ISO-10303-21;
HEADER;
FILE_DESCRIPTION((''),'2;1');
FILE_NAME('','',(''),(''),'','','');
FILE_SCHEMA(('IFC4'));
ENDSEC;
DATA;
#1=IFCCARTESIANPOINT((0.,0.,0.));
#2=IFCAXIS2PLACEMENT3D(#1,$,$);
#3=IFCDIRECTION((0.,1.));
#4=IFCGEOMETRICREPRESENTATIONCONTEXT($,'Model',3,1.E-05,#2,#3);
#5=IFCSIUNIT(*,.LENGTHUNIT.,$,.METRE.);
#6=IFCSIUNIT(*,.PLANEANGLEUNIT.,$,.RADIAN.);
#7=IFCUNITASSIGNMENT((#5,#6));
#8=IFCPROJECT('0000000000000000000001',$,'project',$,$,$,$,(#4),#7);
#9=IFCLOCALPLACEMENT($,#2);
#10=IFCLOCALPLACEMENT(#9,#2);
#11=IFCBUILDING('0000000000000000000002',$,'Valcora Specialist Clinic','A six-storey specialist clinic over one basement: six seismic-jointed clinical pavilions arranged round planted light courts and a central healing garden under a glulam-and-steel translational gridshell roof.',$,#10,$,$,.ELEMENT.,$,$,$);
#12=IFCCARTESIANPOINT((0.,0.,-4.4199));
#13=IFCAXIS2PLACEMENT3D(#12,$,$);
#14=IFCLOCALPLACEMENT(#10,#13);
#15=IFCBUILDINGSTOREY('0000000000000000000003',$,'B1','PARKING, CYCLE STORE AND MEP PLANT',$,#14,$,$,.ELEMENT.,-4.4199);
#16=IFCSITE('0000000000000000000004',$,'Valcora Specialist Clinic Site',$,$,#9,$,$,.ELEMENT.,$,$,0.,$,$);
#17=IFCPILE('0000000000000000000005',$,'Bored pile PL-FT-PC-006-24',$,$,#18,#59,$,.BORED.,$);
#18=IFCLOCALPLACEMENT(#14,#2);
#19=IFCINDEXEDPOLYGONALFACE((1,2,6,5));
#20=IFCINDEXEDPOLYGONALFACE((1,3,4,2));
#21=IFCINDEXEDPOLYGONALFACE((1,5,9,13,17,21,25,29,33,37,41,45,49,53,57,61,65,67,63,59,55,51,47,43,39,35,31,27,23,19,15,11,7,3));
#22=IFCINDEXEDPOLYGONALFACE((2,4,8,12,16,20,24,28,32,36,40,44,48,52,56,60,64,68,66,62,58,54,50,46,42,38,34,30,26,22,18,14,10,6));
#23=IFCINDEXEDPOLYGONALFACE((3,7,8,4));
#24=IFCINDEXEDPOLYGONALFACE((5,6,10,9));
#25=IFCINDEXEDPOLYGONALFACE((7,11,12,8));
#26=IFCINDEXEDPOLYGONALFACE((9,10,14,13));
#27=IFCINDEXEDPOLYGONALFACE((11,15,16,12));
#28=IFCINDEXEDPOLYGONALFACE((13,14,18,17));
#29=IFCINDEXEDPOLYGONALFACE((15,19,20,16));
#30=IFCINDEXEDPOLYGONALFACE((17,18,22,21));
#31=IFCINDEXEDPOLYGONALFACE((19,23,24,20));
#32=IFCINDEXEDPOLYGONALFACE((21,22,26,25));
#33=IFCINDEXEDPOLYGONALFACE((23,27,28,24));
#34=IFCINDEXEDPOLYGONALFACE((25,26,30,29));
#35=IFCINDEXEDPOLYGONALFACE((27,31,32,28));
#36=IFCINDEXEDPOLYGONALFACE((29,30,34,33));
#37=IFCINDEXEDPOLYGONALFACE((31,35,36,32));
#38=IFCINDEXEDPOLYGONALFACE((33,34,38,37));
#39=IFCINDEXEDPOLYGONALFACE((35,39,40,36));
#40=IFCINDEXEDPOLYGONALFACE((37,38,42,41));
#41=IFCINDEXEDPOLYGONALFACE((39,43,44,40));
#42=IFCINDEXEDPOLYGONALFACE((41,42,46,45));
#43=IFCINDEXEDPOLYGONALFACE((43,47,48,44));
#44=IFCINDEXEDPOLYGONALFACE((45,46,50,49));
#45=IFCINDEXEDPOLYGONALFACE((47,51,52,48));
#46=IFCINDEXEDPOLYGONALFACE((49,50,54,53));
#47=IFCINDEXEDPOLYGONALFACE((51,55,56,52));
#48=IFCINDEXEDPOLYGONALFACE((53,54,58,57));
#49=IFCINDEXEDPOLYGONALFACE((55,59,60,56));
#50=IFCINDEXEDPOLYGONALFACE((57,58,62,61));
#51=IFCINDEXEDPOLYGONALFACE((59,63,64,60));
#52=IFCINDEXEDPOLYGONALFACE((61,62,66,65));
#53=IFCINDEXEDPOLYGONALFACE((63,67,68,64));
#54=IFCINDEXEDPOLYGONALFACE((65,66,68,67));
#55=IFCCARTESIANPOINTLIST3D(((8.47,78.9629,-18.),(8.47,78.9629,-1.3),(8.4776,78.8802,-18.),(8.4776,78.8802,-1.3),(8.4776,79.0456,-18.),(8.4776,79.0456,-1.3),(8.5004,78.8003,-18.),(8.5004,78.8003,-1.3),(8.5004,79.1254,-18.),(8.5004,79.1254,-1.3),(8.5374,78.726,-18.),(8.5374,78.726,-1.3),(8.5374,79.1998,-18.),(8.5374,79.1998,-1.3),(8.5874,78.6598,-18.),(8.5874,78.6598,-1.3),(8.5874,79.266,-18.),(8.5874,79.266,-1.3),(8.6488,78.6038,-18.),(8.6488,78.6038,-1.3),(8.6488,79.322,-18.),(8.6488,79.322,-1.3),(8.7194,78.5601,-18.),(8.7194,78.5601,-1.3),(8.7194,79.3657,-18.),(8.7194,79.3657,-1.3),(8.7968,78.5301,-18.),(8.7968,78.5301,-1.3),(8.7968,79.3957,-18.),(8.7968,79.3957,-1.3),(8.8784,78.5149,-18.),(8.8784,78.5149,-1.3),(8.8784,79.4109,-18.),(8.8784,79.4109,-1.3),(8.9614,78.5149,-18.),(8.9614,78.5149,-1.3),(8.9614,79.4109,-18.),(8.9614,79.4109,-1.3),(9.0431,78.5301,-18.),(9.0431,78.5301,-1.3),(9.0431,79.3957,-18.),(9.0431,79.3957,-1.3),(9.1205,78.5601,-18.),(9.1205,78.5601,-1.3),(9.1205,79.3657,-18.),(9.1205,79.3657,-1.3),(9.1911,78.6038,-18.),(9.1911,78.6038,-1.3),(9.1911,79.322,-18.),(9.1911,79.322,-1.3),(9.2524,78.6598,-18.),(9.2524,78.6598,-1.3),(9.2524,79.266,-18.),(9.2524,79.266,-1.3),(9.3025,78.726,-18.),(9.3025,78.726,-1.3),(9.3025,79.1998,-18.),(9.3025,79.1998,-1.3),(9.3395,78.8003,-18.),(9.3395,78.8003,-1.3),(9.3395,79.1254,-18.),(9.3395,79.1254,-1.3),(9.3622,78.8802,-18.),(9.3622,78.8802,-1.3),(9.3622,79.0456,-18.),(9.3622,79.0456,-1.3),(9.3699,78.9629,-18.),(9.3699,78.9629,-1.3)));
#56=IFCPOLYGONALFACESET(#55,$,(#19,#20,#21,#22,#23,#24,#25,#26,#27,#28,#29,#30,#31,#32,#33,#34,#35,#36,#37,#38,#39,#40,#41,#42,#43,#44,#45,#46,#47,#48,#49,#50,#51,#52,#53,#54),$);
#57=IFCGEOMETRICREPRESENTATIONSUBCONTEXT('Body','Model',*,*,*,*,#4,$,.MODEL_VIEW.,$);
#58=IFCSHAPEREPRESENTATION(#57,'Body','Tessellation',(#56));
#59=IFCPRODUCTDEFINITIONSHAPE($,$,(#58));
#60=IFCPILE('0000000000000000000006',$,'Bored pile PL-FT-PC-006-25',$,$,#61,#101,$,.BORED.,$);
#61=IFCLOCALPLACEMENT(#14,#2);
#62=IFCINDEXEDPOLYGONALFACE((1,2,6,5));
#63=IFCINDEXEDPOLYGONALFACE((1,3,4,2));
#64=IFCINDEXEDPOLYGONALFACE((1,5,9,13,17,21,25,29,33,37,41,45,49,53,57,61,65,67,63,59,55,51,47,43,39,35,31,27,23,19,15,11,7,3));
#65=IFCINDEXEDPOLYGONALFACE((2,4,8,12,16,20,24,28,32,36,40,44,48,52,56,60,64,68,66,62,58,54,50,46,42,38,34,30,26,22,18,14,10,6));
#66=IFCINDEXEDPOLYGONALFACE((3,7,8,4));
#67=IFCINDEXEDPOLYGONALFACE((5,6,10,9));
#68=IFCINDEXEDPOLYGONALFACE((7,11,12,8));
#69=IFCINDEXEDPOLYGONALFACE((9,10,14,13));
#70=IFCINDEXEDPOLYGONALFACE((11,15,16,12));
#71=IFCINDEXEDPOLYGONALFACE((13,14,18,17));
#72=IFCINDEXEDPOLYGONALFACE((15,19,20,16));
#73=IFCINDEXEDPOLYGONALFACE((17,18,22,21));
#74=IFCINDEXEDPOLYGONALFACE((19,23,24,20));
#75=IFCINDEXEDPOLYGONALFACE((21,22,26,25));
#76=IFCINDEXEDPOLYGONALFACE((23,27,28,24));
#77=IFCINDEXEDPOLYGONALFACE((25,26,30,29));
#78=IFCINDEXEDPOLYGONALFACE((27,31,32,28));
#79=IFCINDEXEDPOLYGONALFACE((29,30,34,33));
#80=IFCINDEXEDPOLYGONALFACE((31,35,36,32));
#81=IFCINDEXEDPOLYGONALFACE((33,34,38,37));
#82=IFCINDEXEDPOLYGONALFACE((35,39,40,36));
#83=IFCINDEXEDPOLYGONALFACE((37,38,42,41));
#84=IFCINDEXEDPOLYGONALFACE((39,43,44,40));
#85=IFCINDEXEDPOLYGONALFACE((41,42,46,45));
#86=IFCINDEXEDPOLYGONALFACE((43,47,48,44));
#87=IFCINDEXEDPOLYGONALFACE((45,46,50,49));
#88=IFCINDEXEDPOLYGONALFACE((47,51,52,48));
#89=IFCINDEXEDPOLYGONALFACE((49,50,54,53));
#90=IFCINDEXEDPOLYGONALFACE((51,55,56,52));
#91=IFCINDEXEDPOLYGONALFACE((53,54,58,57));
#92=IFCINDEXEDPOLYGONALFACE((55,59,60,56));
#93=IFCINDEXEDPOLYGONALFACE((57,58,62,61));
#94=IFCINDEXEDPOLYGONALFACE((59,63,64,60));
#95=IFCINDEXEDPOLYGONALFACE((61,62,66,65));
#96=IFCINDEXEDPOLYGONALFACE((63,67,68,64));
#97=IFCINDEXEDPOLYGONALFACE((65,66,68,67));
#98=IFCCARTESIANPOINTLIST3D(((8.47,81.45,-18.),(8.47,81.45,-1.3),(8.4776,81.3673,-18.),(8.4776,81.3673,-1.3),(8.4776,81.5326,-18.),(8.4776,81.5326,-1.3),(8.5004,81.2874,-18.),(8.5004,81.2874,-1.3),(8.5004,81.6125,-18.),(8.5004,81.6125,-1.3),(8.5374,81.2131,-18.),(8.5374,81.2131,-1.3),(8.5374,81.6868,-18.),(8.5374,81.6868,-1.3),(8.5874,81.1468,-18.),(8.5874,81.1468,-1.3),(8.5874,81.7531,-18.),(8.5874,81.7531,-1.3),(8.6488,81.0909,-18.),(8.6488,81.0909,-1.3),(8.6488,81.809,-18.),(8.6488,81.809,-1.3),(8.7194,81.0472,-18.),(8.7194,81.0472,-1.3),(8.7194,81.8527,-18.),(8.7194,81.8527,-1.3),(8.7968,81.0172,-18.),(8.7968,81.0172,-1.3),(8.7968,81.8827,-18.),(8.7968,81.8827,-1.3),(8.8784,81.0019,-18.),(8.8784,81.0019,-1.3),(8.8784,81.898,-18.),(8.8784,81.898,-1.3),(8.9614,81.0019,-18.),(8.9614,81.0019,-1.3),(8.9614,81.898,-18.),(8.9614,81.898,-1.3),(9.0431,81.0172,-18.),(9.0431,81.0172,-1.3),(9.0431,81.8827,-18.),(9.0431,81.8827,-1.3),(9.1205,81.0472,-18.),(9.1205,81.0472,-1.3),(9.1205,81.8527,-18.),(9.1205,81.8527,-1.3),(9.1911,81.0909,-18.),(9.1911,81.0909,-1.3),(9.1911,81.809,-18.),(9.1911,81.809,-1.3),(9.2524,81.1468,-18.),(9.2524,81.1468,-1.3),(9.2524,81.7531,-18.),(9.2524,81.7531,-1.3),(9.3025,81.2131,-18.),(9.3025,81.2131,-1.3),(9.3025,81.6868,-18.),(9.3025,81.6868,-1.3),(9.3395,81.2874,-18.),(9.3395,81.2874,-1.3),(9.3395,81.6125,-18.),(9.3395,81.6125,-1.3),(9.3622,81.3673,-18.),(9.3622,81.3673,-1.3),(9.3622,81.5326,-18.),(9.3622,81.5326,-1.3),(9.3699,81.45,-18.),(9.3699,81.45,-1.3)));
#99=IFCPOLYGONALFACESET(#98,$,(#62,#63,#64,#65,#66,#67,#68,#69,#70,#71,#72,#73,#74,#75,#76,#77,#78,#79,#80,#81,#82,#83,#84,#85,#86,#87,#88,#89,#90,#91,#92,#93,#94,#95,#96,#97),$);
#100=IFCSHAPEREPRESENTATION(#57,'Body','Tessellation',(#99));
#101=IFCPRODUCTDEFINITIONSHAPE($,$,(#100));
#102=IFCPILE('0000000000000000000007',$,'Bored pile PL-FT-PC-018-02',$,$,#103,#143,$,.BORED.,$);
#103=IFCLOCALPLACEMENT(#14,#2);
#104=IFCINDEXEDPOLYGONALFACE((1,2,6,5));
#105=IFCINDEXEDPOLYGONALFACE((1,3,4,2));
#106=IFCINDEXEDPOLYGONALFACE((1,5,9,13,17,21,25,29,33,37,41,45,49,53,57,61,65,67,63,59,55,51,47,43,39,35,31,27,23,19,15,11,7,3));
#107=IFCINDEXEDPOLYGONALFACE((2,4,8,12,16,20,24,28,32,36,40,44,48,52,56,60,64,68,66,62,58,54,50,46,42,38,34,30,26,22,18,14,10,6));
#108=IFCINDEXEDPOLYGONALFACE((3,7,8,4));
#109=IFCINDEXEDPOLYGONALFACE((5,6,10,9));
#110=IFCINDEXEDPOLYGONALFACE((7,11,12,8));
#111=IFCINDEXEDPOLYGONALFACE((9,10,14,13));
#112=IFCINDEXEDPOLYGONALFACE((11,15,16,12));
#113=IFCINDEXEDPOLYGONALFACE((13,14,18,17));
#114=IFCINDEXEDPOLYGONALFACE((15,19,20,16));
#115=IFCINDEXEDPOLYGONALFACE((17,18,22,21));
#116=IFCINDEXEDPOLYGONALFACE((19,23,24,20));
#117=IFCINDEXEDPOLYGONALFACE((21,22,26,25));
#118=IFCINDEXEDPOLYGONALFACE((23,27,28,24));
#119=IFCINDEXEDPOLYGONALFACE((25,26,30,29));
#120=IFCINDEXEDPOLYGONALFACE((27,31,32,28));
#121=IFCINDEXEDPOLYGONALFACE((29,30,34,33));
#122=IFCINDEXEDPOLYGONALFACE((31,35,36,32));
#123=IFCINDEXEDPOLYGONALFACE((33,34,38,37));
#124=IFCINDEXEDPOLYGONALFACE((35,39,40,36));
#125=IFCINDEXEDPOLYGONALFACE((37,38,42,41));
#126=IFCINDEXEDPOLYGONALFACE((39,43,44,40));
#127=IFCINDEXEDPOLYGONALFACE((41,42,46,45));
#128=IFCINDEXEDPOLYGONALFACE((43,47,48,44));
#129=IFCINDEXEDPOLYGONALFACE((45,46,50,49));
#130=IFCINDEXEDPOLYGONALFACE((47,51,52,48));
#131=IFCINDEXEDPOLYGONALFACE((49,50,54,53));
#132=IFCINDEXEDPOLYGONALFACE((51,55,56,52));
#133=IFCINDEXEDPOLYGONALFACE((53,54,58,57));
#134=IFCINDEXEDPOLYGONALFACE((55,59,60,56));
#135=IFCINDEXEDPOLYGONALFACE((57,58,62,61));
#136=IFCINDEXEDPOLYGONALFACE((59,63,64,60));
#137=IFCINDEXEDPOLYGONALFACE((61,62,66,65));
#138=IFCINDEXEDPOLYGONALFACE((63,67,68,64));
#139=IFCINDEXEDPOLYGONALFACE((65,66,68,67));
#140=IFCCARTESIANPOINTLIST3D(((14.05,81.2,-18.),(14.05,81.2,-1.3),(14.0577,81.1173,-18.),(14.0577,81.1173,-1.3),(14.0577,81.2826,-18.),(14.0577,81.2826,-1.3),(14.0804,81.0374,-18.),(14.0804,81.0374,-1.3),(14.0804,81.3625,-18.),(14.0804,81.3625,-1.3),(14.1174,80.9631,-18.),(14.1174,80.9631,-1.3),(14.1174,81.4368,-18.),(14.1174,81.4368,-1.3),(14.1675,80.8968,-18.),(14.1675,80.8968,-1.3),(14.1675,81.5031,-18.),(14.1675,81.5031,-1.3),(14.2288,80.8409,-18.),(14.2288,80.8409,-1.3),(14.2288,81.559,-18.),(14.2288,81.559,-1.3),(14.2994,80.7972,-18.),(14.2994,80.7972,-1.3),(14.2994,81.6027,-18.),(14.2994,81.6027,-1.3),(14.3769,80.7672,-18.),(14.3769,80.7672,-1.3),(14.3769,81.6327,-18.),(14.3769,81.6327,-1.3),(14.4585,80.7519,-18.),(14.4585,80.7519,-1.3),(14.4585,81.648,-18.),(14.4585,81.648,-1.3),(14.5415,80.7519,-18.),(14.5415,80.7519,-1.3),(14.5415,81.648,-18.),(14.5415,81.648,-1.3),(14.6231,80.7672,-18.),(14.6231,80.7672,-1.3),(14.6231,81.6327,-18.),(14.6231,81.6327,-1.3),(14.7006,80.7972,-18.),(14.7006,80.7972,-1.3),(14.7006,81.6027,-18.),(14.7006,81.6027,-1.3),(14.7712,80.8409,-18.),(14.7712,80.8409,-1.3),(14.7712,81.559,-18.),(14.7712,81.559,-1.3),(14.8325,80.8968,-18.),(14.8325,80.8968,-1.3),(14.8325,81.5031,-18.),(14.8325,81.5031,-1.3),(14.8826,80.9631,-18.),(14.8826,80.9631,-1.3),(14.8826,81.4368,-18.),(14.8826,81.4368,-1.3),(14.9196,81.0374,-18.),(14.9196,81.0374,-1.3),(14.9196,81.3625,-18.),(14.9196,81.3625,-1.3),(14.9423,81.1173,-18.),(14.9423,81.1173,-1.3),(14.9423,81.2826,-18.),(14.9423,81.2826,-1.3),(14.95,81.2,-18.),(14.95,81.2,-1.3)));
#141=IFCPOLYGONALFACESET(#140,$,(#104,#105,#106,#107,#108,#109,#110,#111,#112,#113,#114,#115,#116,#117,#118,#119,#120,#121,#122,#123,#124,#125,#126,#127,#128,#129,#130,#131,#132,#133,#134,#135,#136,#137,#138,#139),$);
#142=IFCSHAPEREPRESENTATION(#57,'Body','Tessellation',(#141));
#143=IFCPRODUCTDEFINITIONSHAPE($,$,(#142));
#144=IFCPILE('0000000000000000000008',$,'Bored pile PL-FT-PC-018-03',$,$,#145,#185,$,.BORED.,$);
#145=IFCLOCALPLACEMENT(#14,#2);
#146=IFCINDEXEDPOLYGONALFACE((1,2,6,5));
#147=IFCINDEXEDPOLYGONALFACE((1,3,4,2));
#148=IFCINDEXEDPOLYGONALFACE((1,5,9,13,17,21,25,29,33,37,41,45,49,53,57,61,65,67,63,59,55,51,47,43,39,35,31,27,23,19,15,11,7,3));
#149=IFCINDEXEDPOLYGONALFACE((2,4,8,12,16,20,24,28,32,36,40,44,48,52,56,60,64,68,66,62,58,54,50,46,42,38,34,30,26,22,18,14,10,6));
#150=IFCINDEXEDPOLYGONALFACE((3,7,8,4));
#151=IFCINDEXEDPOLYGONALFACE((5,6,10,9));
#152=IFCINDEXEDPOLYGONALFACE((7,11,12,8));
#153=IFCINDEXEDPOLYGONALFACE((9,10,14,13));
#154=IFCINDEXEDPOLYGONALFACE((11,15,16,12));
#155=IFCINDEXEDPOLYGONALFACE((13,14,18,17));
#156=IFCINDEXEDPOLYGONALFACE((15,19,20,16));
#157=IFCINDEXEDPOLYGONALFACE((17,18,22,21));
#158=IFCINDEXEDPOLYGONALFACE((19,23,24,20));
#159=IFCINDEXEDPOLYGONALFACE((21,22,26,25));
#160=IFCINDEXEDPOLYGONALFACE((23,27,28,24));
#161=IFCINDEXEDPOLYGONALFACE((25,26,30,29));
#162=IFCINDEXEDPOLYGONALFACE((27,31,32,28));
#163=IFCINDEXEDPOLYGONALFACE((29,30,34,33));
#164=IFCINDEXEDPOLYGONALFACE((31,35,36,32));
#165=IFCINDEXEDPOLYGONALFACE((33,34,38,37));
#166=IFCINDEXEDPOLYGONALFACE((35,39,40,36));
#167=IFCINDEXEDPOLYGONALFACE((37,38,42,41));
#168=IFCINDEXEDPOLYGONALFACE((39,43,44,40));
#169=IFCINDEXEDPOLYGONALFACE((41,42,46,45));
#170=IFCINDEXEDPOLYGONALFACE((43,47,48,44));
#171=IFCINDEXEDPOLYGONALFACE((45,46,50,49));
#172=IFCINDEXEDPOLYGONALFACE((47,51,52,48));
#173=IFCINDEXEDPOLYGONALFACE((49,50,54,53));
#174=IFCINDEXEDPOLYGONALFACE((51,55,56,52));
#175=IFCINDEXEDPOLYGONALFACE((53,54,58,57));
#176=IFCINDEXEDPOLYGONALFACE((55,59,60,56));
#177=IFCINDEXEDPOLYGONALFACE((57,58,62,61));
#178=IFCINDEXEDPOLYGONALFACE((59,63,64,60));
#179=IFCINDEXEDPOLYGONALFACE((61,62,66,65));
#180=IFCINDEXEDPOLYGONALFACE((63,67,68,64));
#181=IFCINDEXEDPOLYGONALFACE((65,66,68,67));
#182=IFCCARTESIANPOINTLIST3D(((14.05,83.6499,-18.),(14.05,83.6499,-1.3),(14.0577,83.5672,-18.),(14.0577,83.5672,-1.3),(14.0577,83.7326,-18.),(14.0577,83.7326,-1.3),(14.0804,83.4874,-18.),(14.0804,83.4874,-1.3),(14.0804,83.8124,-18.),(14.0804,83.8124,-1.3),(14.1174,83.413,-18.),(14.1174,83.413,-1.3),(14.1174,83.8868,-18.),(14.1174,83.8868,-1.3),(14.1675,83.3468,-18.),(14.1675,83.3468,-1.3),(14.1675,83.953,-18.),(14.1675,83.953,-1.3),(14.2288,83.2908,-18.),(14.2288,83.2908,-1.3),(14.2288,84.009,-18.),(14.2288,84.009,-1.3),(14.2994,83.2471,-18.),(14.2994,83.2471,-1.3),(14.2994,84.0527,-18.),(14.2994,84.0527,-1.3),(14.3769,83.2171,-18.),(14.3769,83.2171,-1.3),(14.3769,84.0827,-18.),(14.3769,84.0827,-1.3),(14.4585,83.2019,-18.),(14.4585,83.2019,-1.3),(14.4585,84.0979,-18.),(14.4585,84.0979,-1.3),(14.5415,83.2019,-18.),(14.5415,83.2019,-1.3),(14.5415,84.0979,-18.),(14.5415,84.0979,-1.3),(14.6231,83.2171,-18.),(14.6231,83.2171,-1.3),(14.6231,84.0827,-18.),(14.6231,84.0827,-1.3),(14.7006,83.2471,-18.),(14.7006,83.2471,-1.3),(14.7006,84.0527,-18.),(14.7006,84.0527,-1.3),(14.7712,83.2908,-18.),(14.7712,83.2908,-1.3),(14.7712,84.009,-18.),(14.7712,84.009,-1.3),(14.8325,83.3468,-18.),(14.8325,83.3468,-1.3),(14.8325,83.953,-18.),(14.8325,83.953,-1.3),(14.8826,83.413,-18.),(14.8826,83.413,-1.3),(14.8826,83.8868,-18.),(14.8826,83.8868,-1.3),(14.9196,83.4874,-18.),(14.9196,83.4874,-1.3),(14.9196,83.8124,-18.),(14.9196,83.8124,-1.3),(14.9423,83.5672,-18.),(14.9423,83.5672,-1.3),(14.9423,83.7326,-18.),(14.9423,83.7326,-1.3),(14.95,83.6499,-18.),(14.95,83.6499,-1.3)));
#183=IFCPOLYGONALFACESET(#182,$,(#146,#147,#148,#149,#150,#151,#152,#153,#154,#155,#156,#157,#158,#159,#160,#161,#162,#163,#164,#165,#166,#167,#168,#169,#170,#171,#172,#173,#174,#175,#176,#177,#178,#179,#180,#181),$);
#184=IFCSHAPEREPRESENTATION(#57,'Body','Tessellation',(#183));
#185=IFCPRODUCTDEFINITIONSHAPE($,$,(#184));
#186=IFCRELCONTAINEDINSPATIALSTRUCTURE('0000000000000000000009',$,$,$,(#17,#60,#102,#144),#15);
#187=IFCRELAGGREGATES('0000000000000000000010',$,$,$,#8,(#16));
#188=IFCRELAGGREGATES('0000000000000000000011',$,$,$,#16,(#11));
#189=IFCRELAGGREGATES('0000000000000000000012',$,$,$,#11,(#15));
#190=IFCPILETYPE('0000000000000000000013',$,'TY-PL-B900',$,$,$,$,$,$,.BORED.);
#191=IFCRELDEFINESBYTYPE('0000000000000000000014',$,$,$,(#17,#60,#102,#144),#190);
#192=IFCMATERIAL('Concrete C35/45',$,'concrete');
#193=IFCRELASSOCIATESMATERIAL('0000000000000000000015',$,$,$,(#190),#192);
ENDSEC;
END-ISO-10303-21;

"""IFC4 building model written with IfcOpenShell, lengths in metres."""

from ifc_helpers import new_model, si_unit, direction, frame, origin, origin_2d, place, context, subcontext, project, spatial, circle, extrude, material, material_profile, profile_set, type_object, element, save


model = new_model("IFC4")

# Units and contexts
model_context = context("Model", 3, precision=1e-05, world=origin(), true_north=direction((0.0, 1.0)))
body_context = subcontext(model_context, "Body", "Model", "MODEL_VIEW")
ifc_project = project(units=[si_unit("LENGTHUNIT", "METRE"), si_unit("PLANEANGLEUNIT", "RADIAN")], contexts=[model_context])

# Site, building, storey
site_placement = place(None, origin())
site = spatial("IfcSite", under=ifc_project, at=site_placement, Name="Valcora Specialist Clinic Site", CompositionType="ELEMENT", RefElevation=0.0)
building_placement = place(site_placement, origin())
building = spatial("IfcBuilding", under=site, at=building_placement, Name="Valcora Specialist Clinic", Description="A six-storey specialist clinic over one basement: six seismic-jointed clinical pavilions arranged round planted light courts and a central healing garden under a glulam-and-steel translational gridshell roof.", CompositionType="ELEMENT")
storey_placement = place(building_placement, frame((0.0, 0.0, -4.4199)))
storey = spatial("IfcBuildingStorey", under=building, at=storey_placement, Name="B1", Description="PARKING, CYCLE STORE AND MEP PLANT", CompositionType="ELEMENT", Elevation=-4.4199)

# Piles
ifc_material_1 = material(Name="Concrete C35/45", Category="concrete")
ifc_material_profile_1 = material_profile(ifc_material_1, circle(Radius=0.45, at=origin_2d()), Name="RC-PIL-D900")
ifc_profile_set_1 = profile_set([ifc_material_profile_1], Name="Concrete C35/45")
pile_type = type_object("IfcPileType", Name="TY-PL-B900", PredefinedType="BORED", material=ifc_profile_set_1)
for number, where, z_axis, x_axis, name in (
    (1, (8.9199, 78.9629, -1.3), (0.0, 0.0, -1.0), (1.0, 0.0, 0.0), "Bored pile PL-FT-PC-006-24"),
    (2, (8.9199, 81.45, -1.3), (0.0, 0.0, -1.0), (1.0, 0.0, 0.0), "Bored pile PL-FT-PC-006-25"),
    (3, (14.5, 81.2, -1.3), (0.0, 0.0, -1.0), (1.0, 0.0, 0.0), "Bored pile PL-FT-PC-018-02"),
    (4, (14.5, 83.6499, -1.3), (0.0, 0.0, -1.0), (1.0, 0.0, 0.0), "Bored pile PL-FT-PC-018-03"),
):
    element("IfcPile", number, at=place(storey_placement, frame(where, z_axis=z_axis, x_axis=x_axis)), inside=storey, type_object=pile_type, Name=name, PredefinedType="BORED", context=body_context, shape_type="SweptSolid", body=[
        extrude(circle(Radius=0.45, at=origin_2d()), origin(), (0.0, 0.0, 1.0), 16.7),
    ])

save(model, "model.ifc")
